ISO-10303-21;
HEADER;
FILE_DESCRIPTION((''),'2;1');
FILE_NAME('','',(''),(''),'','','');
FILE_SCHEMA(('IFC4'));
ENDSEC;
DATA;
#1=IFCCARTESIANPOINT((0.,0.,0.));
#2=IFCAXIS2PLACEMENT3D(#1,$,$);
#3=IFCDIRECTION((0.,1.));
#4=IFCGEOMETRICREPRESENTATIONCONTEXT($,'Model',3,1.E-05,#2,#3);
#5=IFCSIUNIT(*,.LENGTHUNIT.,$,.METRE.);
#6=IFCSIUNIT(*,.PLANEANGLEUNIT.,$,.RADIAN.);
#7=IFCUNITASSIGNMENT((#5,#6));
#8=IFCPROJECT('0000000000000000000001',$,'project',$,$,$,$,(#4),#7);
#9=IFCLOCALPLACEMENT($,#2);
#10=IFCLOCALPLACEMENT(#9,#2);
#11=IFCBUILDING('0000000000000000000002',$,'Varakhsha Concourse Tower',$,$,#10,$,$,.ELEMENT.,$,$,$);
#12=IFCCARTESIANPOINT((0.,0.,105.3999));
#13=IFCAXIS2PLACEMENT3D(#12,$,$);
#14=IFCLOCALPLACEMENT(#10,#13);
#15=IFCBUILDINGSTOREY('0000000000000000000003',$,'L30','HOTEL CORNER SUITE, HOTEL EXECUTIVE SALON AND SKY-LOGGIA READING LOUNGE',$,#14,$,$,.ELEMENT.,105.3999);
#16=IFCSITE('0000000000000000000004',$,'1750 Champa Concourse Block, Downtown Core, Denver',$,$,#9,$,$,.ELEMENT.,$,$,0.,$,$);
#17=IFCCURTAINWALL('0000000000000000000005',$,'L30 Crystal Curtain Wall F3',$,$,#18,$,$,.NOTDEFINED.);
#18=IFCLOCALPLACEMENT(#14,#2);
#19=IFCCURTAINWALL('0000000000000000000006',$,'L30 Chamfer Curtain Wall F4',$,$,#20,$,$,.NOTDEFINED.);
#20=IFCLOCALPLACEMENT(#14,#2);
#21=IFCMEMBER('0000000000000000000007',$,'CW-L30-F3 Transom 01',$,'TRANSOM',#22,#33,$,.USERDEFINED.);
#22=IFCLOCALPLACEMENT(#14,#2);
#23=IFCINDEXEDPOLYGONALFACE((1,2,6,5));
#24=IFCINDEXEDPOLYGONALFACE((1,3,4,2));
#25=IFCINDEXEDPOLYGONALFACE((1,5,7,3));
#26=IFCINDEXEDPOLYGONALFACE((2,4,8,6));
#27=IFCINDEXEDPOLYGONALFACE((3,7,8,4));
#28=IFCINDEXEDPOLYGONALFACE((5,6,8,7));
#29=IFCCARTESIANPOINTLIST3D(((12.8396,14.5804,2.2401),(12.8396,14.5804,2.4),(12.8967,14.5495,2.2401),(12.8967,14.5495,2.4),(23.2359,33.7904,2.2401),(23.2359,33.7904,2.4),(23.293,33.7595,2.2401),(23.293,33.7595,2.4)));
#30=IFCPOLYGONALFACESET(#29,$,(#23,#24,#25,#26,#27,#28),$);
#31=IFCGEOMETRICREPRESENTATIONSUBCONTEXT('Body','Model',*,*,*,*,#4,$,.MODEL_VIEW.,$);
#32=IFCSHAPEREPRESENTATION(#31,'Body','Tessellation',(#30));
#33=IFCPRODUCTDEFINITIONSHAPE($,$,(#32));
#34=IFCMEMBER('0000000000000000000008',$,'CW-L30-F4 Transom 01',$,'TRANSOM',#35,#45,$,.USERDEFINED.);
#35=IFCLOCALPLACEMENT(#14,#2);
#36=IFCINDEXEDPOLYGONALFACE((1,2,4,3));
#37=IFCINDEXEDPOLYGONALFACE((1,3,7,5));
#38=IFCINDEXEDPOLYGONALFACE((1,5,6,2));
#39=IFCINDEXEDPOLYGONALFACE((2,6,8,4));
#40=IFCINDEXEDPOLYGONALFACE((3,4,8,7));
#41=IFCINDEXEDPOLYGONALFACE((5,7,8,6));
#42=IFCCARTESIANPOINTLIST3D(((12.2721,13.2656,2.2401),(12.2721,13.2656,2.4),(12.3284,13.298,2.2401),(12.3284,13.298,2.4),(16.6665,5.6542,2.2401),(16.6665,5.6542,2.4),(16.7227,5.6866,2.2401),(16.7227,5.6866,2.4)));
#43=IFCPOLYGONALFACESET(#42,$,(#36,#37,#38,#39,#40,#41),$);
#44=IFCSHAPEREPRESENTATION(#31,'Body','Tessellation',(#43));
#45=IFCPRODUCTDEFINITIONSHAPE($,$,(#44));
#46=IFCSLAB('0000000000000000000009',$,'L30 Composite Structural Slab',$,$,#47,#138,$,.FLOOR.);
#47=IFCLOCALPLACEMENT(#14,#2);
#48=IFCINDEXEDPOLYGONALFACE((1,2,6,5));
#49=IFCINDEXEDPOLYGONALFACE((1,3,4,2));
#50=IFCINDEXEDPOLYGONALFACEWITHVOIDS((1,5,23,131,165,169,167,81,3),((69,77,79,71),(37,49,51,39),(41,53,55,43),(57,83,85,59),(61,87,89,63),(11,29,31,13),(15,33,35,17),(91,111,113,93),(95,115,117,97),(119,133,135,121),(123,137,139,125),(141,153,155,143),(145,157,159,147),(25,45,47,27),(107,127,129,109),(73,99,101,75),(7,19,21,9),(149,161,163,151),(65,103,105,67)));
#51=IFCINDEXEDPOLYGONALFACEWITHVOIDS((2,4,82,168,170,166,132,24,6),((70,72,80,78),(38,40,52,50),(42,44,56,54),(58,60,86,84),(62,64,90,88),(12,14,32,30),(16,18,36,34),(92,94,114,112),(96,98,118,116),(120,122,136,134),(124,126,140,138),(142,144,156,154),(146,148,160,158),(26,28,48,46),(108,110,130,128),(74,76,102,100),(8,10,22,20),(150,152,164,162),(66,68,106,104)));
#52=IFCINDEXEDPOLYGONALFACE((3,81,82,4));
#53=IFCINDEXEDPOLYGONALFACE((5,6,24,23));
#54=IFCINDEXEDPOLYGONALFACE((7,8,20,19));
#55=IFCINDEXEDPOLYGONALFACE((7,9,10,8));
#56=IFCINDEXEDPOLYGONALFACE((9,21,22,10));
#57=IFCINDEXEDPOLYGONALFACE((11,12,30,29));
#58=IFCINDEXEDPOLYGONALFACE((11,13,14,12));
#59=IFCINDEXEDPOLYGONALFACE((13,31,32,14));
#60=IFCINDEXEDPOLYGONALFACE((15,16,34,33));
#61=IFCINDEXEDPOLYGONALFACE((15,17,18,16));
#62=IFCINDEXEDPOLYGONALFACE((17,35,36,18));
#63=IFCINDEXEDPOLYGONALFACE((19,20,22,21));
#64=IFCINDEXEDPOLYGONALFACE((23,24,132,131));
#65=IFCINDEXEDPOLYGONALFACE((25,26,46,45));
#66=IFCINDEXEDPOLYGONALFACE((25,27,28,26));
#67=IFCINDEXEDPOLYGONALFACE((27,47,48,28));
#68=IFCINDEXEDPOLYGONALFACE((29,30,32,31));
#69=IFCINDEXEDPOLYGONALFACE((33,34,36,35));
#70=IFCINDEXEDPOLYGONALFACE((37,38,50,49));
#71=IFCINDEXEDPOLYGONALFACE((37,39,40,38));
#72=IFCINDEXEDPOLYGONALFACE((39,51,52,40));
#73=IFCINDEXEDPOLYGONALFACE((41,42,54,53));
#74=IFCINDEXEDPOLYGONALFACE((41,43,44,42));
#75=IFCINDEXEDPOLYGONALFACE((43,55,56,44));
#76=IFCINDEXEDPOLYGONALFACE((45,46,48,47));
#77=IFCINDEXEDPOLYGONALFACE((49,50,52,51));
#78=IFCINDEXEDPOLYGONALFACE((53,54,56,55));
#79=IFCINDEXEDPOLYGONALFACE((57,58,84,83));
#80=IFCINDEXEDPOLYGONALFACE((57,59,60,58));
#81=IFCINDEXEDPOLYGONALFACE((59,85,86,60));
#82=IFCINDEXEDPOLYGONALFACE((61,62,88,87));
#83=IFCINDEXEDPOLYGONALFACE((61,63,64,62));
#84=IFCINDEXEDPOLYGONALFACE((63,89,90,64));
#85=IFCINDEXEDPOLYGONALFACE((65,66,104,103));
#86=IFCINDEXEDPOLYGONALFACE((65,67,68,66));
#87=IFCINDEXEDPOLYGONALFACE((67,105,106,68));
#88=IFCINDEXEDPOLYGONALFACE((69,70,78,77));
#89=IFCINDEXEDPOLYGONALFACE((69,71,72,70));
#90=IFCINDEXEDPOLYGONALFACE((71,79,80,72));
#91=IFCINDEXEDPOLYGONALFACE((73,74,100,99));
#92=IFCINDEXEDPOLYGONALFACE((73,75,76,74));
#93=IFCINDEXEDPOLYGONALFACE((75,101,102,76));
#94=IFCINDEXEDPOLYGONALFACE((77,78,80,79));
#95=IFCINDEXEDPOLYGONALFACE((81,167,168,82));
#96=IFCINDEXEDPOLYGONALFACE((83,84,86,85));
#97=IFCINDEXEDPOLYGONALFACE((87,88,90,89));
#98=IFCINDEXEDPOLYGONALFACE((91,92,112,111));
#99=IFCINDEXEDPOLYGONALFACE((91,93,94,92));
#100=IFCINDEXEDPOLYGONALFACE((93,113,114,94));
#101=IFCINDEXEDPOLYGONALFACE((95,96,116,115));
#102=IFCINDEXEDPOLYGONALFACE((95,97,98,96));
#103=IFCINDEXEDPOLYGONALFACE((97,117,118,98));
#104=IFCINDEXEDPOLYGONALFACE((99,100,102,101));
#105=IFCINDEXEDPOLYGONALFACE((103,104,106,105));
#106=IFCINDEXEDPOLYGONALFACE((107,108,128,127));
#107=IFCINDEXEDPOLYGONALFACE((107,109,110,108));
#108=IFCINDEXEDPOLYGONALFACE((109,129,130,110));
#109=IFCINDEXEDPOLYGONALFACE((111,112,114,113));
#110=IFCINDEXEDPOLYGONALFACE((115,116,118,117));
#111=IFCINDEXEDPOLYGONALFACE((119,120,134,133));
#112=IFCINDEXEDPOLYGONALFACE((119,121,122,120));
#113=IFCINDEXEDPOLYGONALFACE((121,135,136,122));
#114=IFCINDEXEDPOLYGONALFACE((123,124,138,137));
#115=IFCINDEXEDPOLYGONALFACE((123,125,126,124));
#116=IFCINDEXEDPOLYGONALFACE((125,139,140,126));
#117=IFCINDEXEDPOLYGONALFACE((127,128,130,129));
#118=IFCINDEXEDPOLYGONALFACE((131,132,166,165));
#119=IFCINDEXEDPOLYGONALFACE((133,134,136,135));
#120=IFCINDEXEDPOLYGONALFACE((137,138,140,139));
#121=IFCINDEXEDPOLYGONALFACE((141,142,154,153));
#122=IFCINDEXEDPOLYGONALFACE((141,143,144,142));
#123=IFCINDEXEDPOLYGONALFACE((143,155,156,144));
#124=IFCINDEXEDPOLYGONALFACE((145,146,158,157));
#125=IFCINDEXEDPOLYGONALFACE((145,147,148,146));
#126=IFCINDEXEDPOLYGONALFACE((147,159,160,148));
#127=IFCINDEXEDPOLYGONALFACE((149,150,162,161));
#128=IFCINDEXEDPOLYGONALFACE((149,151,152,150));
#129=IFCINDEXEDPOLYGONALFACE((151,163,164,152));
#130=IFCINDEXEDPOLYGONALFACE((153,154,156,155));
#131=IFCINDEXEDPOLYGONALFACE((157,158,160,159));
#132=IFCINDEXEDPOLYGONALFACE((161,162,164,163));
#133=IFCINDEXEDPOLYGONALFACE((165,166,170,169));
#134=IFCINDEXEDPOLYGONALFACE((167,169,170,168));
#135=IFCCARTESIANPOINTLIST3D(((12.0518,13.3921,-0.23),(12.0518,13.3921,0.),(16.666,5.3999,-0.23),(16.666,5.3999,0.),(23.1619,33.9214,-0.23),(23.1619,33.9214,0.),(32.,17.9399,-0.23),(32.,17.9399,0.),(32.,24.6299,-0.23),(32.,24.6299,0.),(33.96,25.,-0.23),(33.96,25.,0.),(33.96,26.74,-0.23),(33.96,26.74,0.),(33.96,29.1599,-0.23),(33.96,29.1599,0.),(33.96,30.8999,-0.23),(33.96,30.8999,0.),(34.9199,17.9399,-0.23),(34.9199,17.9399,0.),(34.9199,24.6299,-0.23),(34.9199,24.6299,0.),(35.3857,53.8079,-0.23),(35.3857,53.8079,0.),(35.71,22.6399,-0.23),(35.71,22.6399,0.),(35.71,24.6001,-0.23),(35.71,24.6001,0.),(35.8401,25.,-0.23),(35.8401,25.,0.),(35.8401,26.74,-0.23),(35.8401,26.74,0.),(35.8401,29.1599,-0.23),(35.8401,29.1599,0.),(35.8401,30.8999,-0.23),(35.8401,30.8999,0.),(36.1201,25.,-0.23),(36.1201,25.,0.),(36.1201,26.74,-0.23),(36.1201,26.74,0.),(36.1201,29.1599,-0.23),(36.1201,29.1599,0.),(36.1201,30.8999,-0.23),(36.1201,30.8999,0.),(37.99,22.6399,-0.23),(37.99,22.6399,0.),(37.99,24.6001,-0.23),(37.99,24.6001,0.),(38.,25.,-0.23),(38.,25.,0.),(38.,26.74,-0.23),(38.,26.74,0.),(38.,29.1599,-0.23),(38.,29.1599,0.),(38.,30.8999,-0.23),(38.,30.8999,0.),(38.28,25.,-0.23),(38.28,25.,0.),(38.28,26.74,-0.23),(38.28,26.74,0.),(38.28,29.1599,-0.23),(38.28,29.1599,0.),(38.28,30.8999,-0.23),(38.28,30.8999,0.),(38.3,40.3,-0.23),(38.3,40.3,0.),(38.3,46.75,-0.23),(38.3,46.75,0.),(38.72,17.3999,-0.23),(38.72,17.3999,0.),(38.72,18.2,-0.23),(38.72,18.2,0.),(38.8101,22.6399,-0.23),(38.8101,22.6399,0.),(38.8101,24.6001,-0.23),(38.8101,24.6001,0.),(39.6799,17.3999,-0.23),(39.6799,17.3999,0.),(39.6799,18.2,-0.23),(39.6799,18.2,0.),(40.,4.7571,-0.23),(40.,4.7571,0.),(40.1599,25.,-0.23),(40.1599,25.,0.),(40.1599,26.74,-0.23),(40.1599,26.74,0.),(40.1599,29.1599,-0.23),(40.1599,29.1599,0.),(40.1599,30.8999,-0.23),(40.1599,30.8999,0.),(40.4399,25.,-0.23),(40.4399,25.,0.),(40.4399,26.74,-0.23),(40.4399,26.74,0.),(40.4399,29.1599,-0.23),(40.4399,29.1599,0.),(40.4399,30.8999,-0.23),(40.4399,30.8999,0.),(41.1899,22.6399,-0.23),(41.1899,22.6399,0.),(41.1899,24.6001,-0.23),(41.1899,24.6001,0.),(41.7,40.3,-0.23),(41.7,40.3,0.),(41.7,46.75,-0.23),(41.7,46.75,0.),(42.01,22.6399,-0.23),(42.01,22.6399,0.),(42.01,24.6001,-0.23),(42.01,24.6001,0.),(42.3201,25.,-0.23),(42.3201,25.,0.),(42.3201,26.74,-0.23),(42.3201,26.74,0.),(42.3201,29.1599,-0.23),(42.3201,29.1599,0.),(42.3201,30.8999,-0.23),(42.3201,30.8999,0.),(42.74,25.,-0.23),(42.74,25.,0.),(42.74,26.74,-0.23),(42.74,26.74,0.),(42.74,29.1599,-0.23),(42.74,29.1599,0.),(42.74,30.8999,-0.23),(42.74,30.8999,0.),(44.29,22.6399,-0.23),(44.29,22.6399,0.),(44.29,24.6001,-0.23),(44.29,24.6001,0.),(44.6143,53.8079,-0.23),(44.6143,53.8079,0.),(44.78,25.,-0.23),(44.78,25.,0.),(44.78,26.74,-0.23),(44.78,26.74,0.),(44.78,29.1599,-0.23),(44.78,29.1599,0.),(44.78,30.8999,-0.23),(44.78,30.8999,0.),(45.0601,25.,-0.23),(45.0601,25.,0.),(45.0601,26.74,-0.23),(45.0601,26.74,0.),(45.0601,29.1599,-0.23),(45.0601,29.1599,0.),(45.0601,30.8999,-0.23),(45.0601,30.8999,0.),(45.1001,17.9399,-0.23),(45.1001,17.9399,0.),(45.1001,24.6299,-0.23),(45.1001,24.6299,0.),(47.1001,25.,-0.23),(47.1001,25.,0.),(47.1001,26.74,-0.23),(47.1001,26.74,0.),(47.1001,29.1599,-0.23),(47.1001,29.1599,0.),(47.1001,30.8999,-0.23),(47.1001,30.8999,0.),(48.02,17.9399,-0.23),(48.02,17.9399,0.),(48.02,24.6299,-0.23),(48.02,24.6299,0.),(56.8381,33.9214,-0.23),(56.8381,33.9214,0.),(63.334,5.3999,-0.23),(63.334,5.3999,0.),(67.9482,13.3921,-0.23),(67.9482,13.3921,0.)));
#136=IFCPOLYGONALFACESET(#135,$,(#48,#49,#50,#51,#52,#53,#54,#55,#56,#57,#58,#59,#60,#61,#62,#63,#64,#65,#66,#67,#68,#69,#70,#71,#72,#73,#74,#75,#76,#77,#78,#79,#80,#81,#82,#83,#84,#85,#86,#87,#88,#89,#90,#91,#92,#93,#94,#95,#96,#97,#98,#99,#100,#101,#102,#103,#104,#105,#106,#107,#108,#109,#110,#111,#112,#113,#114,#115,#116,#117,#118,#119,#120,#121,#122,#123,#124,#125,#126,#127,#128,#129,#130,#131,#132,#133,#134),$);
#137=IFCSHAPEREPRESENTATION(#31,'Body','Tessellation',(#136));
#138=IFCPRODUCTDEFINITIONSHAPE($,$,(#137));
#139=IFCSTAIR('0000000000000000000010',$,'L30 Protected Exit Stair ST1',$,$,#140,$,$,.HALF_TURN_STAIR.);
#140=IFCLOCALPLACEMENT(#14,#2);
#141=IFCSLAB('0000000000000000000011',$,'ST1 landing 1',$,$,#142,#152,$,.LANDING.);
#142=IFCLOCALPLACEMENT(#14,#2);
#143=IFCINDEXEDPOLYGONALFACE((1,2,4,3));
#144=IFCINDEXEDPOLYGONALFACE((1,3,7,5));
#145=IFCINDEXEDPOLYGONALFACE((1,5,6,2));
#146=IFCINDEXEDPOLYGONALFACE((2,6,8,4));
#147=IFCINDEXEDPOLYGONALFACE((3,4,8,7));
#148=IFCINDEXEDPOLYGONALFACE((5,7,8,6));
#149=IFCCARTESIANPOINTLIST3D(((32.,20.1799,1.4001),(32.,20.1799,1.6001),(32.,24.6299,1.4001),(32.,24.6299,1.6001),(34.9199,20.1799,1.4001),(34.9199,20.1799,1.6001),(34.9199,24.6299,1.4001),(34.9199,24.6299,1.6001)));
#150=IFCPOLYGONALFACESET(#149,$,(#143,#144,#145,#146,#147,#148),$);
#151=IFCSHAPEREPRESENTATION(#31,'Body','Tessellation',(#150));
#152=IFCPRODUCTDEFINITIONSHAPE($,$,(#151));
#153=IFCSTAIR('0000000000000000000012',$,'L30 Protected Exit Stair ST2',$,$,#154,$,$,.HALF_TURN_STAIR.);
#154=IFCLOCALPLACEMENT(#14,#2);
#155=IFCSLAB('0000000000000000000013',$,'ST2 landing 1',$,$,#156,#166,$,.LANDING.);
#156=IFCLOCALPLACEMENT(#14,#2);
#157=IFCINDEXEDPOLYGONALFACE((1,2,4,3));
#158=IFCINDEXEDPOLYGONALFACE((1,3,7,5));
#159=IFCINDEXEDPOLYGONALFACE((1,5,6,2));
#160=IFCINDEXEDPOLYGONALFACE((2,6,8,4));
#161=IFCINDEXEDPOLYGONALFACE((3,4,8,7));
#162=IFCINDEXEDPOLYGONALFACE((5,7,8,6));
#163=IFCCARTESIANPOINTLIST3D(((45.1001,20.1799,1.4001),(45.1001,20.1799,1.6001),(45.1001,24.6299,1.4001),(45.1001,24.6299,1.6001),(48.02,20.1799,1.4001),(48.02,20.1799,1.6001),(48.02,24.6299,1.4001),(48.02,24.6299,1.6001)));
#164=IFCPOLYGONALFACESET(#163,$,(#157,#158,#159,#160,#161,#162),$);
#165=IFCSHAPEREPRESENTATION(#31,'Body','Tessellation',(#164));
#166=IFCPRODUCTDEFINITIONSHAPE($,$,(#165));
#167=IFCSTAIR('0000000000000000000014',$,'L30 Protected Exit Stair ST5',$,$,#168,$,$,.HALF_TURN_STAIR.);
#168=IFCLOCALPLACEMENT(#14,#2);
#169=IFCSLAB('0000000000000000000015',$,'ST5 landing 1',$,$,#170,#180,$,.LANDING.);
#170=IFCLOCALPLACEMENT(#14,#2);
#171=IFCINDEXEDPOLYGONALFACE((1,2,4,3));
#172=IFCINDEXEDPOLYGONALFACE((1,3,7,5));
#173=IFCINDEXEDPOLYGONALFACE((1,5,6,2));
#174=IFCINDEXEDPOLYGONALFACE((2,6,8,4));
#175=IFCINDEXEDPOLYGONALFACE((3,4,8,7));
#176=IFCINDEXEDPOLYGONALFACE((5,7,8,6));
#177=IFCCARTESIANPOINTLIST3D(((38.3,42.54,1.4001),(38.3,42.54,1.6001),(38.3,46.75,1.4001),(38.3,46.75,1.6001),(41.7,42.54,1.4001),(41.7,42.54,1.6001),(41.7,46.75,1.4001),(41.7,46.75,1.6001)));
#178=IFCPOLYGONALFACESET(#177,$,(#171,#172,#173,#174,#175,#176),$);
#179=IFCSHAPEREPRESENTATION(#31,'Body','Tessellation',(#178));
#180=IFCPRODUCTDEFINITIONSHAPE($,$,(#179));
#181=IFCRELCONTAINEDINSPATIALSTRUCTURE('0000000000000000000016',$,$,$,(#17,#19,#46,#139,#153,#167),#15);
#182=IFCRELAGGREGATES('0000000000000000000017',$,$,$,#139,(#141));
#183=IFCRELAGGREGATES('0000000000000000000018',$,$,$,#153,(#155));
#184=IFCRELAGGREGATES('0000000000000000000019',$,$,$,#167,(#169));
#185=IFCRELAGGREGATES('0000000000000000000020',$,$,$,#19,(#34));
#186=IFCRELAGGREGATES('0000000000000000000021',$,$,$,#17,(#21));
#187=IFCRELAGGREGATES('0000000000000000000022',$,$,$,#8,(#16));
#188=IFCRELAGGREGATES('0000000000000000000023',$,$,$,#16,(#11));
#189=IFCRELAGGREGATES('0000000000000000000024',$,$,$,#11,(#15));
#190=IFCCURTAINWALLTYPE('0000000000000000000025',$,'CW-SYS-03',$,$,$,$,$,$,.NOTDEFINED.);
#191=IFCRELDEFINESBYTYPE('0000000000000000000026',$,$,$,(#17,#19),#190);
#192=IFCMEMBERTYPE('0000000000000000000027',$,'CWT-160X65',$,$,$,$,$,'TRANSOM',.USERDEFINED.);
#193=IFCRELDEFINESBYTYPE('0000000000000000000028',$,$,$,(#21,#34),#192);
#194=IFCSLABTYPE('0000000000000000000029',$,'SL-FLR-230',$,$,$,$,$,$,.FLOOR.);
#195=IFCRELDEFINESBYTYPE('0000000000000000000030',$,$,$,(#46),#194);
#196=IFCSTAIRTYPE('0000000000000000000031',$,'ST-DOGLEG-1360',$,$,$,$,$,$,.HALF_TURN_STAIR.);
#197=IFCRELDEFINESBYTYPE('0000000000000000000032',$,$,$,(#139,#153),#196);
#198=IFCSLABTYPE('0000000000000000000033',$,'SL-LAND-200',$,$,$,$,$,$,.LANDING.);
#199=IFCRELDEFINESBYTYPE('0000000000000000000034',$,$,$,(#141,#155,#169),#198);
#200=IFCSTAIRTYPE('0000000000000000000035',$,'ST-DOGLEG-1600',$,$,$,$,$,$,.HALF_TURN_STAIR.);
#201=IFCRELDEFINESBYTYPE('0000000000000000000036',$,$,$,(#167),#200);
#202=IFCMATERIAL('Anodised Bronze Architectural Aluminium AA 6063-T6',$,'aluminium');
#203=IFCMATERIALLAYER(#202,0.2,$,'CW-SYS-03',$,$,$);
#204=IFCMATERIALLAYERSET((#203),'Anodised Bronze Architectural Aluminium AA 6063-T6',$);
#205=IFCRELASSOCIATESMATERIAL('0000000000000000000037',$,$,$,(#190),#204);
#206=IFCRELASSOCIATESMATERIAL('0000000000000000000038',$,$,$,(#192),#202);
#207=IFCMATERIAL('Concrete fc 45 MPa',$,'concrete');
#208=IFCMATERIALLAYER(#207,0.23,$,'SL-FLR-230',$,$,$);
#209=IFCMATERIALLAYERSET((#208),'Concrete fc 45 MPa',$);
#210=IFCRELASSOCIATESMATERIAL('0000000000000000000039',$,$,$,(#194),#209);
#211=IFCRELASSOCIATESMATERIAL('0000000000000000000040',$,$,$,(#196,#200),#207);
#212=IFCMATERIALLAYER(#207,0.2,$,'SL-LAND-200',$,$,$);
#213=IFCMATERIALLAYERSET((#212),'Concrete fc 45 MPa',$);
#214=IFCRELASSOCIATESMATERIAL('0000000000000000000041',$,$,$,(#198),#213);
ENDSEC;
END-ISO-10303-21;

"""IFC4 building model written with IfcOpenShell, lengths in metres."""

from ifc_helpers import new_model, si_unit, direction, frame, origin, origin_2d, place, context, subcontext, project, spatial, polyline, rectangle, outline, extrude, source, transform, mapped, material, layer, layer_set, material_profile, profile_set, type_object, type_shapes, element, aggregate, save


model = new_model("IFC4")

# Units and contexts
model_context = context("Model", 3, precision=1e-05, world=origin(), true_north=direction((0.0, 1.0)))
body_context = subcontext(model_context, "Body", "Model", "MODEL_VIEW")
ifc_project = project(units=[si_unit("LENGTHUNIT", "METRE"), si_unit("PLANEANGLEUNIT", "RADIAN")], contexts=[model_context])

# Site, building, storey
site_placement = place(None, origin())
site = spatial("IfcSite", under=ifc_project, at=site_placement, Name="1750 Champa Concourse Block, Downtown Core, Denver", CompositionType="ELEMENT", RefElevation=0.0)
building_placement = place(site_placement, origin())
building = spatial("IfcBuilding", under=site, at=building_placement, Name="Varakhsha Concourse Tower", CompositionType="ELEMENT")
storey_placement = place(building_placement, frame((0.0, 0.0, 105.3999)))
storey = spatial("IfcBuildingStorey", under=building, at=storey_placement, Name="L30", Description="HOTEL CORNER SUITE, HOTEL EXECUTIVE SALON AND SKY-LOGGIA READING LOUNGE", CompositionType="ELEMENT", Elevation=105.3999)

# Curtain wall
ifc_material_1 = material(Name="Anodised Bronze Architectural Aluminium AA 6063-T6", Category="aluminium")
ifc_layer_1 = layer(ifc_material_1, 0.2, Name="CW-SYS-03")
ifc_layer_set_1 = layer_set([ifc_layer_1], Name="Anodised Bronze Architectural Aluminium AA 6063-T6")
curtain_wall_type = type_object("IfcCurtainWallType", Name="CW-SYS-03", PredefinedType="NOTDEFINED", material=ifc_layer_set_1)
curtain_wall_1_placement = place(storey_placement, origin())
curtain_wall_1 = element("IfcCurtainWall", 1, at=curtain_wall_1_placement, inside=storey, type_object=curtain_wall_type, Name="L30 Crystal Curtain Wall F3", PredefinedType="NOTDEFINED")

# Curtain wall
curtain_wall_2_placement = place(storey_placement, origin())
curtain_wall_2 = element("IfcCurtainWall", 2, at=curtain_wall_2_placement, inside=storey, type_object=curtain_wall_type, Name="L30 Chamfer Curtain Wall F4", PredefinedType="NOTDEFINED")

# Members
ifc_material_profile_1 = material_profile(ifc_material_1, rectangle(XDim=0.0649, YDim=0.1599, at=origin_2d()), Name="CWT-160X65")
ifc_profile_set_1 = profile_set([ifc_material_profile_1], Name="Anodised Bronze Architectural Aluminium AA 6063-T6")
member_type_1 = type_object("IfcMemberType", Name="CWT-160X65", ElementType="TRANSOM", PredefinedType="USERDEFINED", material=ifc_profile_set_1)
shared_shape_1 = source(origin(), body_context, "Body", "SweptSolid", [
    extrude(rectangle(XDim=0.0649, YDim=0.1599, at=origin_2d()), origin(), (0.0, 0.0, 1.0), 21.8428),
])
member_1_placement = place(storey_placement, frame((12.8682, 14.5649, 2.3201), z_axis=(0.475959, 0.879467, 0.0), x_axis=(-0.879467, 0.475959, 0.0)))
member_1 = element("IfcMember", 3, at=member_1_placement, type_object=member_type_1, Name="CW-L30-F3 Transom 01", ObjectType="TRANSOM", PredefinedType="USERDEFINED", context=body_context, shape_type="MappedRepresentation", body=[
    mapped(shared_shape_1, transform((0.0, 0.0, 0.0), scale=1.0)),
])
shared_shape_2 = source(origin(), body_context, "Body", "SweptSolid", [
    extrude(rectangle(XDim=0.0649, YDim=0.1599, at=origin_2d()), origin(), (0.0, 0.0, 1.0), 8.7888),
])
type_shapes(member_type_1, [shared_shape_1, shared_shape_2])
member_2_placement = place(storey_placement, frame((16.6946, 5.6704, 2.3201), z_axis=(-0.49999, 0.866031, 0.0), x_axis=(-0.866031, -0.49999, 0.0)))
member_2 = element("IfcMember", 4, at=member_2_placement, type_object=member_type_1, Name="CW-L30-F4 Transom 01", ObjectType="TRANSOM", PredefinedType="USERDEFINED", context=body_context, shape_type="MappedRepresentation", body=[
    mapped(shared_shape_2, transform((0.0, 0.0, 0.0), scale=1.0)),
])

# Slab
ifc_material_2 = material(Name="Concrete fc 45 MPa", Category="concrete")
ifc_layer_2 = layer(ifc_material_2, 0.23, Name="SL-FLR-230")
ifc_layer_set_2 = layer_set([ifc_layer_2], Name="Concrete fc 45 MPa")
slab_type_1 = type_object("IfcSlabType", Name="SL-FLR-230", PredefinedType="FLOOR", material=ifc_layer_set_2)
slab_1_placement = place(storey_placement, frame((0.0, 0.0, -0.23)))
element("IfcSlab", 5, at=slab_1_placement, inside=storey, type_object=slab_type_1, Name="L30 Composite Structural Slab", PredefinedType="FLOOR", context=body_context, shape_type="SweptSolid", body=[
    extrude(outline(polyline([(44.6143, 53.8079), (35.3857, 53.8079), (23.1619, 33.9214), (12.0518, 13.3921), (16.666, 5.3999), (40.0, 4.7571), (63.334, 5.3999), (67.9482, 13.3921), (56.8381, 33.9214), (44.6143, 53.8079)]), holes=[polyline([(34.9199, 17.9399), (34.9199, 24.6299), (32.0, 24.6299), (32.0, 17.9399), (34.9199, 17.9399)]), polyline([(48.02, 17.9399), (48.02, 24.6299), (45.1001, 24.6299), (45.1001, 17.9399), (48.02, 17.9399)]), polyline([(41.7, 40.3), (41.7, 46.75), (38.3, 46.75), (38.3, 40.3), (41.7, 40.3)]), polyline([(33.96, 29.1599), (35.8401, 29.1599), (35.8401, 30.8999), (33.96, 30.8999), (33.96, 29.1599)]), polyline([(36.1201, 29.1599), (38.0, 29.1599), (38.0, 30.8999), (36.1201, 30.8999), (36.1201, 29.1599)]), polyline([(38.28, 29.1599), (40.1599, 29.1599), (40.1599, 30.8999), (38.28, 30.8999), (38.28, 29.1599)]), polyline([(40.4399, 29.1599), (42.3201, 29.1599), (42.3201, 30.8999), (40.4399, 30.8999), (40.4399, 29.1599)]), polyline([(33.96, 25.0), (35.8401, 25.0), (35.8401, 26.74), (33.96, 26.74), (33.96, 25.0)]), polyline([(36.1201, 25.0), (38.0, 25.0), (38.0, 26.74), (36.1201, 26.74), (36.1201, 25.0)]), polyline([(38.28, 25.0), (40.1599, 25.0), (40.1599, 26.74), (38.28, 26.74), (38.28, 25.0)]), polyline([(40.4399, 25.0), (42.3201, 25.0), (42.3201, 26.74), (40.4399, 26.74), (40.4399, 25.0)]), polyline([(42.74, 29.1599), (44.78, 29.1599), (44.78, 30.8999), (42.74, 30.8999), (42.74, 29.1599)]), polyline([(45.0601, 29.1599), (47.1001, 29.1599), (47.1001, 30.8999), (45.0601, 30.8999), (45.0601, 29.1599)]), polyline([(42.74, 25.0), (44.78, 25.0), (44.78, 26.74), (42.74, 26.74), (42.74, 25.0)]), polyline([(45.0601, 25.0), (47.1001, 25.0), (47.1001, 26.74), (45.0601, 26.74), (45.0601, 25.0)]), polyline([(35.71, 22.6399), (37.99, 22.6399), (37.99, 24.6001), (35.71, 24.6001), (35.71, 22.6399)]), polyline([(42.01, 22.6399), (44.29, 22.6399), (44.29, 24.6001), (42.01, 24.6001), (42.01, 22.6399)]), polyline([(38.8101, 22.6399), (41.1899, 22.6399), (41.1899, 24.6001), (38.8101, 24.6001), (38.8101, 22.6399)]), polyline([(38.72, 17.3999), (39.6799, 17.3999), (39.6799, 18.2), (38.72, 18.2), (38.72, 17.3999)])]), origin(), (0.0, 0.0, 1.0), 0.23),
])

# Stairs, slabs
stair_type_1 = type_object("IfcStairType", Name="ST-DOGLEG-1360", PredefinedType="HALF_TURN_STAIR", material=ifc_material_2)
stair_1_placement = place(storey_placement, origin())
stair_1 = element("IfcStair", 6, at=stair_1_placement, inside=storey, type_object=stair_type_1, Name="L30 Protected Exit Stair ST1", PredefinedType="HALF_TURN_STAIR")
ifc_layer_3 = layer(ifc_material_2, 0.2, Name="SL-LAND-200")
ifc_layer_set_3 = layer_set([ifc_layer_3], Name="Concrete fc 45 MPa")
slab_type_2 = type_object("IfcSlabType", Name="SL-LAND-200", PredefinedType="LANDING", material=ifc_layer_set_3)
slab_2_placement = place(storey_placement, frame((0.0, 0.0, 1.4001)))
slab_2 = element("IfcSlab", 7, at=slab_2_placement, type_object=slab_type_2, Name="ST1 landing 1", PredefinedType="LANDING", context=body_context, shape_type="SweptSolid", body=[
    extrude(outline(polyline([(34.9199, 20.1799), (34.9199, 24.6299), (32.0, 24.6299), (32.0, 20.1799), (34.9199, 20.1799)])), origin(), (0.0, 0.0, 1.0), 0.2),
])
aggregate(stair_1, [slab_2])
stair_2_placement = place(storey_placement, origin())
stair_2 = element("IfcStair", 8, at=stair_2_placement, inside=storey, type_object=stair_type_1, Name="L30 Protected Exit Stair ST2", PredefinedType="HALF_TURN_STAIR")
slab_3_placement = place(storey_placement, frame((0.0, 0.0, 1.4001)))
slab_3 = element("IfcSlab", 9, at=slab_3_placement, type_object=slab_type_2, Name="ST2 landing 1", PredefinedType="LANDING", context=body_context, shape_type="SweptSolid", body=[
    extrude(outline(polyline([(48.02, 20.1799), (48.02, 24.6299), (45.1001, 24.6299), (45.1001, 20.1799), (48.02, 20.1799)])), origin(), (0.0, 0.0, 1.0), 0.2),
])
aggregate(stair_2, [slab_3])
stair_type_2 = type_object("IfcStairType", Name="ST-DOGLEG-1600", PredefinedType="HALF_TURN_STAIR", material=ifc_material_2)
stair_3_placement = place(storey_placement, origin())
stair_3 = element("IfcStair", 10, at=stair_3_placement, inside=storey, type_object=stair_type_2, Name="L30 Protected Exit Stair ST5", PredefinedType="HALF_TURN_STAIR")
slab_4_placement = place(storey_placement, frame((0.0, 0.0, 1.4001)))
slab_4 = element("IfcSlab", 11, at=slab_4_placement, type_object=slab_type_2, Name="ST5 landing 1", PredefinedType="LANDING", context=body_context, shape_type="SweptSolid", body=[
    extrude(outline(polyline([(41.7, 42.54), (41.7, 46.75), (38.3, 46.75), (38.3, 42.54), (41.7, 42.54)])), origin(), (0.0, 0.0, 1.0), 0.2),
])
aggregate(stair_3, [slab_4])

aggregate(curtain_wall_2, [member_2])
aggregate(curtain_wall_1, [member_1])

save(model, "model.ifc")
